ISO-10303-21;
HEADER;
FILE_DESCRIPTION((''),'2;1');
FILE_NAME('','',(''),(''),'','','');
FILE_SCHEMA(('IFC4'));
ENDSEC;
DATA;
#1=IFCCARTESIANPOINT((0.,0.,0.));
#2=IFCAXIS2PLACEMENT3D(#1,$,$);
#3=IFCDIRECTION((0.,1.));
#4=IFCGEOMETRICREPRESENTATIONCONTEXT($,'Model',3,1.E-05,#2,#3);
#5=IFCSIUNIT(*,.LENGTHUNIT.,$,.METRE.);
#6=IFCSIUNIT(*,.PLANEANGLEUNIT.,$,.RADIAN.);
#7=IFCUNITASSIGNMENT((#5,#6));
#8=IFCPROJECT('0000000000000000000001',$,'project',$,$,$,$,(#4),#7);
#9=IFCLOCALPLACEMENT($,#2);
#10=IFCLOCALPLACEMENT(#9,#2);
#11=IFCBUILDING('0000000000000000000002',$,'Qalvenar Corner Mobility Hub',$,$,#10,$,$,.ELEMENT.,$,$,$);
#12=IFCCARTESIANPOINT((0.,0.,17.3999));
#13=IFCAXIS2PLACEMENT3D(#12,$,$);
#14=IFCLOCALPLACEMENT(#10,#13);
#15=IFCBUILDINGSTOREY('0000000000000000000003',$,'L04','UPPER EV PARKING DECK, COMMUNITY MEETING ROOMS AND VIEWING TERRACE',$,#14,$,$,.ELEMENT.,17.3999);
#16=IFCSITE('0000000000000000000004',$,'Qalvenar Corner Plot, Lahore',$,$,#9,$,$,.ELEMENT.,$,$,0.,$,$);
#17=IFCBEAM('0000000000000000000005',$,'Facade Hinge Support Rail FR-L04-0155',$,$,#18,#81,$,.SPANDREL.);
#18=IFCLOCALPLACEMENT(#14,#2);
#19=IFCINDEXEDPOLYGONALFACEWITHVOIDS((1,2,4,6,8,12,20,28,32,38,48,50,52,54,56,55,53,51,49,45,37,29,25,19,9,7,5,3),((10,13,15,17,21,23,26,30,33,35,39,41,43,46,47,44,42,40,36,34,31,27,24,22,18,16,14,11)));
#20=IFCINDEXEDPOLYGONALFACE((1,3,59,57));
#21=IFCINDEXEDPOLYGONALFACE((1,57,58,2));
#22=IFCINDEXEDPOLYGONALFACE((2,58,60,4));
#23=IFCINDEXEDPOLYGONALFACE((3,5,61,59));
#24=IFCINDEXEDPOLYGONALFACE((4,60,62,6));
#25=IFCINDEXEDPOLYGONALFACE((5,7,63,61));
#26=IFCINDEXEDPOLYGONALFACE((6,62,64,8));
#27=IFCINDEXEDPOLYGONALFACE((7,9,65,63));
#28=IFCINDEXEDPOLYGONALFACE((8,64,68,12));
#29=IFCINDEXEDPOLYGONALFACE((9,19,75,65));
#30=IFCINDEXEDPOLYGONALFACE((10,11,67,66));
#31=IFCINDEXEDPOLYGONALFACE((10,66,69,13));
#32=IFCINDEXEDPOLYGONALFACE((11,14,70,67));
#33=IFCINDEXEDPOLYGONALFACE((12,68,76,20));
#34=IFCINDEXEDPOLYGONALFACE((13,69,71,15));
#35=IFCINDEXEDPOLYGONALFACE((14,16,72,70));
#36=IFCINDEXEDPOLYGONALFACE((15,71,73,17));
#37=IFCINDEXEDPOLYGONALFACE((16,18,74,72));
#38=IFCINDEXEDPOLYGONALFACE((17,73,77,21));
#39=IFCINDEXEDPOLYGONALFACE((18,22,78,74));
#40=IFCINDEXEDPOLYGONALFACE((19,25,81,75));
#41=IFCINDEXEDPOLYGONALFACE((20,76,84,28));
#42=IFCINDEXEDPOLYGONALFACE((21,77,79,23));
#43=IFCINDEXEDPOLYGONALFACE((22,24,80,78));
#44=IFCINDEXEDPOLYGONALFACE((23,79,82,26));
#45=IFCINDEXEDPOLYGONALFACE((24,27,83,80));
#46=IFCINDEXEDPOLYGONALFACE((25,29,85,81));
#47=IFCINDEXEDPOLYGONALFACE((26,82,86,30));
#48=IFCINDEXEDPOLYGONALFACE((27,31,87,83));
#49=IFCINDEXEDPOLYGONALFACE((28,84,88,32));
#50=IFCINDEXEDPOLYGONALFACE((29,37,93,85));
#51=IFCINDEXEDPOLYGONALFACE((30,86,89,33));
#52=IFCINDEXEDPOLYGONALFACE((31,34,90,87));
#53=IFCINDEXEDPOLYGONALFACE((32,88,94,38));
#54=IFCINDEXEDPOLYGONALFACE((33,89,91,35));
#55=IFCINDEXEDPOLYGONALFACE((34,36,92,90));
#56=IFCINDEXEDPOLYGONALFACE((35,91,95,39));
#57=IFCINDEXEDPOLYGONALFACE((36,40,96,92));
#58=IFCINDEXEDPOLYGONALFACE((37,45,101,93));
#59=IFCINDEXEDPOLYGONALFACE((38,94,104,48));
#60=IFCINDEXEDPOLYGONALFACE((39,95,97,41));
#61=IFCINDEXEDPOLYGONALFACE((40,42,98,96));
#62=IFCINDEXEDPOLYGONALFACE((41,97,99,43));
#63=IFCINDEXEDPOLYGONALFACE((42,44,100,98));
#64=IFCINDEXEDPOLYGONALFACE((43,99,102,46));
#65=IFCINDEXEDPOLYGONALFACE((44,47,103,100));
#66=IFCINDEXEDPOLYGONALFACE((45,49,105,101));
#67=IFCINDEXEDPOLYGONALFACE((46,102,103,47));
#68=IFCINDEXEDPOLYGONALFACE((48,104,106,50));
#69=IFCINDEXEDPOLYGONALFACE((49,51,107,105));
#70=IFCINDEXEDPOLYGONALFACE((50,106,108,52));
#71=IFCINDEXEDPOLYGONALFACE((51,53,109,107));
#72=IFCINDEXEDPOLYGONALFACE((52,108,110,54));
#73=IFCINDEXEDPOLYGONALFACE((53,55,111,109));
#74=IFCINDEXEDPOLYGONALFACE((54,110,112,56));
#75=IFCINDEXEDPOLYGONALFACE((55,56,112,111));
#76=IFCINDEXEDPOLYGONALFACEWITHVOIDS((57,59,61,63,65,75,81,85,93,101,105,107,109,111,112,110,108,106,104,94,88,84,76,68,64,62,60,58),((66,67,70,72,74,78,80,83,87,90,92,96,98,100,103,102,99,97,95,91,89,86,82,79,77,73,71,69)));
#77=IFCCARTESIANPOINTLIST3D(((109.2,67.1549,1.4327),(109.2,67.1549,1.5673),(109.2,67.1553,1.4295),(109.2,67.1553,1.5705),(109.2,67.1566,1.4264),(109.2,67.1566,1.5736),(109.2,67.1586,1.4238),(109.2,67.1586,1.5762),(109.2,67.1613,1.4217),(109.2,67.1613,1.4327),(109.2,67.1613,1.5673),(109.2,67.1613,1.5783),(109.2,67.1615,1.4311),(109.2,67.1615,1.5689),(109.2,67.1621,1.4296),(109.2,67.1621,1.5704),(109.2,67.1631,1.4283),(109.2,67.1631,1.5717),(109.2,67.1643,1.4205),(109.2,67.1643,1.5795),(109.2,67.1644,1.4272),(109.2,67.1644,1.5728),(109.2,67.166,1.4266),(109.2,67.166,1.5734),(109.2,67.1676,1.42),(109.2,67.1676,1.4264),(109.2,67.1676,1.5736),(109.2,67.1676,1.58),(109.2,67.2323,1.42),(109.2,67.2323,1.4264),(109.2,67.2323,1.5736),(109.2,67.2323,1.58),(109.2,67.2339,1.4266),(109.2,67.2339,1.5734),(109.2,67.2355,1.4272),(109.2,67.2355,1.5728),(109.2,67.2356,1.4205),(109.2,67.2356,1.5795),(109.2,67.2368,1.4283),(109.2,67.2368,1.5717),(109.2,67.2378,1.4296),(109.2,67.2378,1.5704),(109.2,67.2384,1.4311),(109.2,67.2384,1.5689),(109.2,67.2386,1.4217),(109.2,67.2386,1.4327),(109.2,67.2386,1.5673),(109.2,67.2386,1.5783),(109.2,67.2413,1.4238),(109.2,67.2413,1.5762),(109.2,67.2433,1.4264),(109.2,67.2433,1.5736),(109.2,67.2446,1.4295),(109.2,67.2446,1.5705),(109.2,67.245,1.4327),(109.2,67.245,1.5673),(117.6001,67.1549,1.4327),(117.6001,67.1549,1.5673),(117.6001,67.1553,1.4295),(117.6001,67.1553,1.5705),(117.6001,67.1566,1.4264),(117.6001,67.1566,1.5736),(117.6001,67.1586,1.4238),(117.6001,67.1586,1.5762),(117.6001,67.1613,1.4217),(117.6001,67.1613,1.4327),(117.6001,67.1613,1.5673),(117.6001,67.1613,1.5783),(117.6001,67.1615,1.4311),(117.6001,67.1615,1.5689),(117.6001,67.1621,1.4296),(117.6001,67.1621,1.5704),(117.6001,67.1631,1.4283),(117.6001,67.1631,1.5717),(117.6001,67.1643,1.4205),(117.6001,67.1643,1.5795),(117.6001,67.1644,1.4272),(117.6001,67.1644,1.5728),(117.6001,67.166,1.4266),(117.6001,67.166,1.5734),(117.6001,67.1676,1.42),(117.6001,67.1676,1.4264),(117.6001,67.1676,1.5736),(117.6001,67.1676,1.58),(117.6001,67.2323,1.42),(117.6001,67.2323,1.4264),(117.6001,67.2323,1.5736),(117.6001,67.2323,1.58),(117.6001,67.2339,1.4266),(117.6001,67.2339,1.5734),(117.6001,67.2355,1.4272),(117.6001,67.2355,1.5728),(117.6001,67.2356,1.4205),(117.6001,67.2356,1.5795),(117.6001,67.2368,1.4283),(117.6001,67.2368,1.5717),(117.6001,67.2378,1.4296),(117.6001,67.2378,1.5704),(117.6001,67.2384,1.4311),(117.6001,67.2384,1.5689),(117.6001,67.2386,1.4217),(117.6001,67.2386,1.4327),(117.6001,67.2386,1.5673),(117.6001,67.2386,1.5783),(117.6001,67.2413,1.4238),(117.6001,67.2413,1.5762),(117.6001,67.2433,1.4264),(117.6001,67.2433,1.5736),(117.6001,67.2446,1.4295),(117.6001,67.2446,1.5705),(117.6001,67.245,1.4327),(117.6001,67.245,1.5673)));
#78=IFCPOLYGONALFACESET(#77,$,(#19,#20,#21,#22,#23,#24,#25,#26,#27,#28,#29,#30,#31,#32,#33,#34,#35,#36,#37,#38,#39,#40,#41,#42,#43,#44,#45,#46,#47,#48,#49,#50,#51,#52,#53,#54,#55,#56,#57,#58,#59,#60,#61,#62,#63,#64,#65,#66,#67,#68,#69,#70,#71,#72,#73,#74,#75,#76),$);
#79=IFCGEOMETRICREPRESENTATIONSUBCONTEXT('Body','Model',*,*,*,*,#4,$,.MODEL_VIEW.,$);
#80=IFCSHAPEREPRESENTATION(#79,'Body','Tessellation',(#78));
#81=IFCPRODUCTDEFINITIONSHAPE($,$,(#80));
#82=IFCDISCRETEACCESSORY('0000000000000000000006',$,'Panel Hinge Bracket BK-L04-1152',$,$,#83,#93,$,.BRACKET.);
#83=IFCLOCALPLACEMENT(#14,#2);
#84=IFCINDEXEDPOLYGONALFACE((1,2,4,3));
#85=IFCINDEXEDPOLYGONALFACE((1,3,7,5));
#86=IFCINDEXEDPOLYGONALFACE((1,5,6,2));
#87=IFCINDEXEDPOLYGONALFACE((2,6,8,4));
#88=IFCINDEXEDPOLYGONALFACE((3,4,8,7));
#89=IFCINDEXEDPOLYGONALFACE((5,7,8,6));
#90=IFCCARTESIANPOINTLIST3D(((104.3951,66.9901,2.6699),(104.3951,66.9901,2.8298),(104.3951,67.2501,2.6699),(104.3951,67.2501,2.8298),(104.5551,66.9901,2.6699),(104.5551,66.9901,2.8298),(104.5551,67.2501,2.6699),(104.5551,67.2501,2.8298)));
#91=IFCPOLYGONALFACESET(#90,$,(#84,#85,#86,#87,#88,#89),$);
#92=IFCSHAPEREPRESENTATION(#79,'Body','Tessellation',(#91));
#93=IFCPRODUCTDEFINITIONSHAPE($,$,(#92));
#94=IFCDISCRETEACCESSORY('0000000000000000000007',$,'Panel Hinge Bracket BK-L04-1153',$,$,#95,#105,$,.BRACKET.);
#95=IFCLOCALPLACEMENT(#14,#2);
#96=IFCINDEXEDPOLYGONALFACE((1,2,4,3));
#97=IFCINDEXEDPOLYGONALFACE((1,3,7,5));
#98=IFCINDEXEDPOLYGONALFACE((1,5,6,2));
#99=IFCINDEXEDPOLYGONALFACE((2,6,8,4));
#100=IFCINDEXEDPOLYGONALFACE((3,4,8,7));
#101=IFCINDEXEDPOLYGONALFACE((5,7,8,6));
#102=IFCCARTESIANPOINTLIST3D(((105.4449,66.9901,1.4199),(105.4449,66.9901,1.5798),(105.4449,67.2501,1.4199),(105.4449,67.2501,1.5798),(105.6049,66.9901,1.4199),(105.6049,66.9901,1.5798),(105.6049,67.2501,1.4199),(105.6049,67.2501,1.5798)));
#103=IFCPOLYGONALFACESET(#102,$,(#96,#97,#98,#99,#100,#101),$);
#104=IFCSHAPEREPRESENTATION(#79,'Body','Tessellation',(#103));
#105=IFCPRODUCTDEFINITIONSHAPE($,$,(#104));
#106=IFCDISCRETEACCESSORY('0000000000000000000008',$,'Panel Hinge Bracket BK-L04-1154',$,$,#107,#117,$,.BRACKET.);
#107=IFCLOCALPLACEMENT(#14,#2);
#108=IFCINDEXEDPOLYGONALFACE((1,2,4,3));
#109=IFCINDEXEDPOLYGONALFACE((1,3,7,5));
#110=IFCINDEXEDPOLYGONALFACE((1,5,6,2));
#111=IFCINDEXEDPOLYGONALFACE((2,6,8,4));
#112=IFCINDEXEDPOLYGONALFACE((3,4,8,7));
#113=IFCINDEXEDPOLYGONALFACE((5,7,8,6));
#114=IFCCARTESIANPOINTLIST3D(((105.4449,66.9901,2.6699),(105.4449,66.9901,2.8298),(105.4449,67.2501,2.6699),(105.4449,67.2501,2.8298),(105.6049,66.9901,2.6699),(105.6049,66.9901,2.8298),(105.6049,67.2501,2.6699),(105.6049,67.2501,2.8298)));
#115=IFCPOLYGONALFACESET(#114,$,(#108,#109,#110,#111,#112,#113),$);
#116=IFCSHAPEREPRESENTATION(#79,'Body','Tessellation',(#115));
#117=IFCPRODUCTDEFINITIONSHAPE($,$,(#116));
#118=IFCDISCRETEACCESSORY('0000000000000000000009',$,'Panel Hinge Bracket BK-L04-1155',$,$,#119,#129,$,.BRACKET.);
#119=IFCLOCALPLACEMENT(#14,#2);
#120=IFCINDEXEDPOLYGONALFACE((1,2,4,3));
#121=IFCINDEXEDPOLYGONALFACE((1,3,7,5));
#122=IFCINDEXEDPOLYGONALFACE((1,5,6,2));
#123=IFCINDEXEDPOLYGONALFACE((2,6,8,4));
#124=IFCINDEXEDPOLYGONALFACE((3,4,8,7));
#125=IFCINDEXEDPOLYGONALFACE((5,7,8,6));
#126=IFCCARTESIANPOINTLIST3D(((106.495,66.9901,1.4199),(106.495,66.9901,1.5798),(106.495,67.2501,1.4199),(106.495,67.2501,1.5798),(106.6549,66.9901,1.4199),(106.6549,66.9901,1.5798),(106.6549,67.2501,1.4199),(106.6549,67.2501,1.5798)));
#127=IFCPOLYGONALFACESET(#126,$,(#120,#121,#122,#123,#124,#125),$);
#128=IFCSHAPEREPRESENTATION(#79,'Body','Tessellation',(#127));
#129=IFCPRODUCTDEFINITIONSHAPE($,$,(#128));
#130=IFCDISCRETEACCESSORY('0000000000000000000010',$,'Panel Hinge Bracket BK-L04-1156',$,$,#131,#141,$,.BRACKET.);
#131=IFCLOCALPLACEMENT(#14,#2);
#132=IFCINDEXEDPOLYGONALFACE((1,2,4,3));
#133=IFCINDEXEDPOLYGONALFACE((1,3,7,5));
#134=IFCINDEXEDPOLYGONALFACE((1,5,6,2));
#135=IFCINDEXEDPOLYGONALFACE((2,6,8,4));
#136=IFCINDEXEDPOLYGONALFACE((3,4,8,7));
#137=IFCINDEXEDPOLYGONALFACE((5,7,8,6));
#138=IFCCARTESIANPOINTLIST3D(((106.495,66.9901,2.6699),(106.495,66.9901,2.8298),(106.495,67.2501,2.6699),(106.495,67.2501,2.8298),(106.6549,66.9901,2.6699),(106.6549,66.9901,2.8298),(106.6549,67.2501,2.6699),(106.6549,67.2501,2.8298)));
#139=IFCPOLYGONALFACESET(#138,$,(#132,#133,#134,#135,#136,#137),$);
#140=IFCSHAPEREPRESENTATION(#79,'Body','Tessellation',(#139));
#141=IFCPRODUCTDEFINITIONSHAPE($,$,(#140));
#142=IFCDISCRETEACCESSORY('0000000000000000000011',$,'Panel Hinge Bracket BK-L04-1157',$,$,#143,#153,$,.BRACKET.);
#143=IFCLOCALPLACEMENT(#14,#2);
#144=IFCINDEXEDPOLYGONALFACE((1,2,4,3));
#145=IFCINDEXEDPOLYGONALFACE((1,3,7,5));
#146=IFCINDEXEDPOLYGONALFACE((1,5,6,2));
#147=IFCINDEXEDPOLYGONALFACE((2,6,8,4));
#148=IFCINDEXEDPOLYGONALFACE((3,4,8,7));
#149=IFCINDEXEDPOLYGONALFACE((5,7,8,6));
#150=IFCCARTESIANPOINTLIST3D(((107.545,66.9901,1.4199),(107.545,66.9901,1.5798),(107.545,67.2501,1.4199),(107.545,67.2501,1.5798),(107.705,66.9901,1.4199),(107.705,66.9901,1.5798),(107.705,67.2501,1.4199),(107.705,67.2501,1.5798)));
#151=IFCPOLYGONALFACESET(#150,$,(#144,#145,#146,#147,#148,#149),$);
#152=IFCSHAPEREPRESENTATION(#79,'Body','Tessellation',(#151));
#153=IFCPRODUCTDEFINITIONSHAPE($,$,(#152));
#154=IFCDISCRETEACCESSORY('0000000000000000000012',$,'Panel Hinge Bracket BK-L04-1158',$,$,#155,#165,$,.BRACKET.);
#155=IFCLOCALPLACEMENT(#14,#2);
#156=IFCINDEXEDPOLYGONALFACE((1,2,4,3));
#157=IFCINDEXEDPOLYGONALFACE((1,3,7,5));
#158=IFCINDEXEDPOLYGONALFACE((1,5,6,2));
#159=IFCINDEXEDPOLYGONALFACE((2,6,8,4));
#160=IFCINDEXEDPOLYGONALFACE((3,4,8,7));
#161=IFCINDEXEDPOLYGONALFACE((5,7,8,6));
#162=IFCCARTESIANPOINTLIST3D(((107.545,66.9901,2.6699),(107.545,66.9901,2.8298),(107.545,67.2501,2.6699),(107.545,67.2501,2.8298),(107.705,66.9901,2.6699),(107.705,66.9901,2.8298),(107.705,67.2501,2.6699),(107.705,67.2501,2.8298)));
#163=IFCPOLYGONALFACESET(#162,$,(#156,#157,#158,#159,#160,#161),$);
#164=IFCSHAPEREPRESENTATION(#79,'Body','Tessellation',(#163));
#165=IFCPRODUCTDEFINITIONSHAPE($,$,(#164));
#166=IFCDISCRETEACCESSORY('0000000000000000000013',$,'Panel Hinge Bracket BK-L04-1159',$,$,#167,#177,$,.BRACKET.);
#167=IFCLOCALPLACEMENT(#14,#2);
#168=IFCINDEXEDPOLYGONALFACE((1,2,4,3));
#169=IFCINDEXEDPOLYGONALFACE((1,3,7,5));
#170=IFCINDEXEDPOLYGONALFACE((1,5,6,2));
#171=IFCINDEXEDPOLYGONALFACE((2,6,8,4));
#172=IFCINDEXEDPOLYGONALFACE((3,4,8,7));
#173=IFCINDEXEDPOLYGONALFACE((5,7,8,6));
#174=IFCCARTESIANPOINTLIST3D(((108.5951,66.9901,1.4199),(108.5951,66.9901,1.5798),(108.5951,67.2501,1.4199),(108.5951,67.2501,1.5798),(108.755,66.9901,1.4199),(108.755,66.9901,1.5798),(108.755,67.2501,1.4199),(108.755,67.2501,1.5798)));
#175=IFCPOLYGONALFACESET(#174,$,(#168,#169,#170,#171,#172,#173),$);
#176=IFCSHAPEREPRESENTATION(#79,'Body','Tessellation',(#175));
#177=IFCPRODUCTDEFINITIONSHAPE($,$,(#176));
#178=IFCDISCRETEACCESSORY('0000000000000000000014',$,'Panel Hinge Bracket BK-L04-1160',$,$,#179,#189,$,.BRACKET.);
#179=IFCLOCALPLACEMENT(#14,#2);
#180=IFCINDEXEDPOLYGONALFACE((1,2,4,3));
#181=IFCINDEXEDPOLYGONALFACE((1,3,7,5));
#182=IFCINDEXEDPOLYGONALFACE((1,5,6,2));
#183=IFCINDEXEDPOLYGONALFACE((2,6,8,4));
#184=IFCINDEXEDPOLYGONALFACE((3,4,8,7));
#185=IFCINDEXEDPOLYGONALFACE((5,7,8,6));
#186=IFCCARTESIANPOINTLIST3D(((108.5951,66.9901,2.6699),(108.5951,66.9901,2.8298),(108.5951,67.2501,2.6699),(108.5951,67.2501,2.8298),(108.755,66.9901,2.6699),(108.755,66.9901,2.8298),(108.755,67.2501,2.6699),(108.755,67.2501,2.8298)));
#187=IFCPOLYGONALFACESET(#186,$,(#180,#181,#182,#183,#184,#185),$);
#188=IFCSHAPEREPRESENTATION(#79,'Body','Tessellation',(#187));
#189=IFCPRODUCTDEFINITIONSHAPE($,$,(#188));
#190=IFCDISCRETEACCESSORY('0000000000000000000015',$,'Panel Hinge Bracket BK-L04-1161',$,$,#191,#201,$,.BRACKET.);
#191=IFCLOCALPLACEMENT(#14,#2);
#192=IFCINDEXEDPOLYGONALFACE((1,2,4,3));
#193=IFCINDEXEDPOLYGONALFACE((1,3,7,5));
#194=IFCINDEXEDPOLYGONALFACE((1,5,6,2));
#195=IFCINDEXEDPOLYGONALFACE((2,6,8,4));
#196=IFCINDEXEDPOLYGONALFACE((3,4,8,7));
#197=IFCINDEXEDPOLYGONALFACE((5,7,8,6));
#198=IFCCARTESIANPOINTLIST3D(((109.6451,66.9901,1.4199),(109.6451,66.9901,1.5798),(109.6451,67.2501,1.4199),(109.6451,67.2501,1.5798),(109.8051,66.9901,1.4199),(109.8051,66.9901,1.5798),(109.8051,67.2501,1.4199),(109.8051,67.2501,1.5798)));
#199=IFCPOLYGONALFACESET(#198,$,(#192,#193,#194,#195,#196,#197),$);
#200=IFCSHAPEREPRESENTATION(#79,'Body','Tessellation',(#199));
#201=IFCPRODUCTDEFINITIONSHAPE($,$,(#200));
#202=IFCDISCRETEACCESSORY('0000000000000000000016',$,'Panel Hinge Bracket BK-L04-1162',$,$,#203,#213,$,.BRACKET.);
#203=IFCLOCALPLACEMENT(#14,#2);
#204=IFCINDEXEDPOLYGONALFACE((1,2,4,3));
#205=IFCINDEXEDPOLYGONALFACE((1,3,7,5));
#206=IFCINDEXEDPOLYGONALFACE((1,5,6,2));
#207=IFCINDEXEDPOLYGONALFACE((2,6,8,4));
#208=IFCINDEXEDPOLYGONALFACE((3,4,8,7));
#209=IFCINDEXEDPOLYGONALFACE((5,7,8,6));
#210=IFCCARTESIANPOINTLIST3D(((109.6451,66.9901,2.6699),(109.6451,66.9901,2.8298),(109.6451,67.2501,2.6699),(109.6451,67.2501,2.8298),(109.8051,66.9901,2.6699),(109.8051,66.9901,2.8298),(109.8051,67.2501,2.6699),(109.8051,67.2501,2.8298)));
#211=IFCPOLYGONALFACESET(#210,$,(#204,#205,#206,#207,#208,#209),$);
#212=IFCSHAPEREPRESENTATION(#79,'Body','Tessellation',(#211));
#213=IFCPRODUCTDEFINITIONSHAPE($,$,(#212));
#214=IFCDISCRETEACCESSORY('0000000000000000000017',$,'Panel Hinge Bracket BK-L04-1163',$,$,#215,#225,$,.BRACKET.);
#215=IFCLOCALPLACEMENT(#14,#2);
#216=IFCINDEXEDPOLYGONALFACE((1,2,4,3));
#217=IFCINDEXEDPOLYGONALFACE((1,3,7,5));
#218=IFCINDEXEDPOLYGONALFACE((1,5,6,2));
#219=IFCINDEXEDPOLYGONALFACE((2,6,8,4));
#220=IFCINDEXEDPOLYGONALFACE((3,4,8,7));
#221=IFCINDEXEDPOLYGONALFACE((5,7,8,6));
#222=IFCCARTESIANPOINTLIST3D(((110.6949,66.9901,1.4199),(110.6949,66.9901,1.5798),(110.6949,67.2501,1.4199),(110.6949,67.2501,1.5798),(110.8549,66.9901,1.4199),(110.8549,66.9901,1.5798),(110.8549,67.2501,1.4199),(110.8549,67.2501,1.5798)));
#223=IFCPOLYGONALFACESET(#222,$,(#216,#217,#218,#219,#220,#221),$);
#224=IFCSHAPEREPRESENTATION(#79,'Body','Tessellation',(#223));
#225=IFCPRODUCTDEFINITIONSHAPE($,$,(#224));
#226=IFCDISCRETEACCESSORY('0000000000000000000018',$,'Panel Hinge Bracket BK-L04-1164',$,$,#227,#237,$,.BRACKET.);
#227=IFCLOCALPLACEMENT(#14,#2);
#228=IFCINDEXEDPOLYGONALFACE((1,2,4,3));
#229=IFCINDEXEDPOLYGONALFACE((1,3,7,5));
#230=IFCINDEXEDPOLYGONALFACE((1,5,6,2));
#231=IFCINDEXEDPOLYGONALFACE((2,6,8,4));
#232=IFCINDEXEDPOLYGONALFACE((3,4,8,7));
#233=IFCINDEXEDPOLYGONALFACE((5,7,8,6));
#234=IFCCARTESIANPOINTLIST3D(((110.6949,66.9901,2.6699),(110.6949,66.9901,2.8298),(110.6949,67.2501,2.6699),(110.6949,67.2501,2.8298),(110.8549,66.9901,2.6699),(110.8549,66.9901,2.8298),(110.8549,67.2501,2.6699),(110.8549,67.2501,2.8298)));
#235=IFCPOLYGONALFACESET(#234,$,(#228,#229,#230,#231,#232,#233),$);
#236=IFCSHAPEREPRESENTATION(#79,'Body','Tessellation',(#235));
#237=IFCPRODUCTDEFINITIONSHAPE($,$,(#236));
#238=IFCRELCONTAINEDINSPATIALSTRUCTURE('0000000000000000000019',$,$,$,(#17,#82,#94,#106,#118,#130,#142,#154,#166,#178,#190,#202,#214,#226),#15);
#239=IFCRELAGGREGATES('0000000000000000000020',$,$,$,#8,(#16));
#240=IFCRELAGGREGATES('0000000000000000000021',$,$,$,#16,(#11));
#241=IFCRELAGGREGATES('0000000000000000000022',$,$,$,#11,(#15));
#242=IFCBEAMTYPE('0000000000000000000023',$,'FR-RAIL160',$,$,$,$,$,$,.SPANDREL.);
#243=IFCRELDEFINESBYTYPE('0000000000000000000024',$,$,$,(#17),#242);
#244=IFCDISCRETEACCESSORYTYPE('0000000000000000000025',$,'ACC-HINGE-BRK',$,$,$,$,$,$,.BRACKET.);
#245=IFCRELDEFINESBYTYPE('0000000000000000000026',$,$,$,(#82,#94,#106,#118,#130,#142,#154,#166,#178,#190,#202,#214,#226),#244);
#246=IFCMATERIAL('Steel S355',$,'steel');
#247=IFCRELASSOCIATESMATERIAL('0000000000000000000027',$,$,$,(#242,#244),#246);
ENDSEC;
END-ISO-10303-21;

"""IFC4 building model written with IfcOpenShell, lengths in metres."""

from ifc_helpers import new_model, si_unit, direction, frame, origin, origin_2d, place, context, subcontext, project, spatial, rectangle, hollow_rectangle, extrude, material, material_profile, profile_set, type_object, element, save


model = new_model("IFC4")

# Units and contexts
model_context = context("Model", 3, precision=1e-05, world=origin(), true_north=direction((0.0, 1.0)))
body_context = subcontext(model_context, "Body", "Model", "MODEL_VIEW")
ifc_project = project(units=[si_unit("LENGTHUNIT", "METRE"), si_unit("PLANEANGLEUNIT", "RADIAN")], contexts=[model_context])

# Site, building, storey
site_placement = place(None, origin())
site = spatial("IfcSite", under=ifc_project, at=site_placement, Name="Qalvenar Corner Plot, Lahore", CompositionType="ELEMENT", RefElevation=0.0)
building_placement = place(site_placement, origin())
building = spatial("IfcBuilding", under=site, at=building_placement, Name="Qalvenar Corner Mobility Hub", CompositionType="ELEMENT")
storey_placement = place(building_placement, frame((0.0, 0.0, 17.3999)))
storey = spatial("IfcBuildingStorey", under=building, at=storey_placement, Name="L04", Description="UPPER EV PARKING DECK, COMMUNITY MEETING ROOMS AND VIEWING TERRACE", CompositionType="ELEMENT", Elevation=17.3999)

# Shared definitions
ifc_material = material(Name="Steel S355", Category="steel")

# Beam
ifc_material_profile_1 = material_profile(ifc_material, hollow_rectangle(XDim=0.0901, YDim=0.1599, WallThickness=0.0063, InnerFilletRadius=0.0063, OuterFilletRadius=0.0127, at=origin_2d()), Name="RHS160x90x6.3")
ifc_profile_set_1 = profile_set([ifc_material_profile_1], Name="Steel S355")
beam_type_1 = type_object("IfcBeamType", Name="FR-RAIL160", PredefinedType="SPANDREL", material=ifc_profile_set_1)
beam_1_placement = place(storey_placement, frame((109.2, 67.2, 1.5), z_axis=(1.0, 0.0, 0.0), x_axis=(0.0, 1.0, 0.0)))
element("IfcBeam", 1, at=beam_1_placement, inside=storey, type_object=beam_type_1, Name="Facade Hinge Support Rail FR-L04-0155", PredefinedType="SPANDREL", context=body_context, shape_type="SweptSolid", body=[
    extrude(hollow_rectangle(XDim=0.0901, YDim=0.1599, WallThickness=0.0063, InnerFilletRadius=0.0063, OuterFilletRadius=0.0127, at=origin_2d()), origin(), (0.0, 0.0, 1.0), 8.4001),
])

# Discrete accessories
discrete_accessory_type = type_object("IfcDiscreteAccessoryType", Name="ACC-HINGE-BRK", PredefinedType="BRACKET", material=ifc_material)
for number, where, z_axis, x_axis, name in (
    (2, (104.4751, 67.1201, 2.6699), (0.0, 0.0, 1.0), (1.0, 0.0, 0.0), "Panel Hinge Bracket BK-L04-1152"),
    (3, (105.5249, 67.1201, 1.4199), (0.0, 0.0, 1.0), (1.0, 0.0, 0.0), "Panel Hinge Bracket BK-L04-1153"),
    (4, (105.5249, 67.1201, 2.6699), (0.0, 0.0, 1.0), (1.0, 0.0, 0.0), "Panel Hinge Bracket BK-L04-1154"),
    (5, (106.575, 67.1201, 1.4199), (0.0, 0.0, 1.0), (1.0, 0.0, 0.0), "Panel Hinge Bracket BK-L04-1155"),
    (6, (106.575, 67.1201, 2.6699), (0.0, 0.0, 1.0), (1.0, 0.0, 0.0), "Panel Hinge Bracket BK-L04-1156"),
    (7, (107.625, 67.1201, 1.4199), (0.0, 0.0, 1.0), (1.0, 0.0, 0.0), "Panel Hinge Bracket BK-L04-1157"),
    (8, (107.625, 67.1201, 2.6699), (0.0, 0.0, 1.0), (1.0, 0.0, 0.0), "Panel Hinge Bracket BK-L04-1158"),
    (9, (108.675, 67.1201, 1.4199), (0.0, 0.0, 1.0), (1.0, 0.0, 0.0), "Panel Hinge Bracket BK-L04-1159"),
    (10, (108.675, 67.1201, 2.6699), (0.0, 0.0, 1.0), (1.0, 0.0, 0.0), "Panel Hinge Bracket BK-L04-1160"),
    (11, (109.7251, 67.1201, 1.4199), (0.0, 0.0, 1.0), (1.0, 0.0, 0.0), "Panel Hinge Bracket BK-L04-1161"),
    (12, (109.7251, 67.1201, 2.6699), (0.0, 0.0, 1.0), (1.0, 0.0, 0.0), "Panel Hinge Bracket BK-L04-1162"),
    (13, (110.7749, 67.1201, 1.4199), (0.0, 0.0, 1.0), (1.0, 0.0, 0.0), "Panel Hinge Bracket BK-L04-1163"),
    (14, (110.7749, 67.1201, 2.6699), (0.0, 0.0, 1.0), (1.0, 0.0, 0.0), "Panel Hinge Bracket BK-L04-1164"),
):
    element("IfcDiscreteAccessory", number, at=place(storey_placement, frame(where, z_axis=z_axis, x_axis=x_axis)), inside=storey, type_object=discrete_accessory_type, Name=name, PredefinedType="BRACKET", context=body_context, shape_type="SweptSolid", body=[
        extrude(rectangle(XDim=0.1599, YDim=0.26, at=origin_2d()), origin(), (0.0, 0.0, 1.0), 0.1599),
    ])

save(model, "model.ifc")
